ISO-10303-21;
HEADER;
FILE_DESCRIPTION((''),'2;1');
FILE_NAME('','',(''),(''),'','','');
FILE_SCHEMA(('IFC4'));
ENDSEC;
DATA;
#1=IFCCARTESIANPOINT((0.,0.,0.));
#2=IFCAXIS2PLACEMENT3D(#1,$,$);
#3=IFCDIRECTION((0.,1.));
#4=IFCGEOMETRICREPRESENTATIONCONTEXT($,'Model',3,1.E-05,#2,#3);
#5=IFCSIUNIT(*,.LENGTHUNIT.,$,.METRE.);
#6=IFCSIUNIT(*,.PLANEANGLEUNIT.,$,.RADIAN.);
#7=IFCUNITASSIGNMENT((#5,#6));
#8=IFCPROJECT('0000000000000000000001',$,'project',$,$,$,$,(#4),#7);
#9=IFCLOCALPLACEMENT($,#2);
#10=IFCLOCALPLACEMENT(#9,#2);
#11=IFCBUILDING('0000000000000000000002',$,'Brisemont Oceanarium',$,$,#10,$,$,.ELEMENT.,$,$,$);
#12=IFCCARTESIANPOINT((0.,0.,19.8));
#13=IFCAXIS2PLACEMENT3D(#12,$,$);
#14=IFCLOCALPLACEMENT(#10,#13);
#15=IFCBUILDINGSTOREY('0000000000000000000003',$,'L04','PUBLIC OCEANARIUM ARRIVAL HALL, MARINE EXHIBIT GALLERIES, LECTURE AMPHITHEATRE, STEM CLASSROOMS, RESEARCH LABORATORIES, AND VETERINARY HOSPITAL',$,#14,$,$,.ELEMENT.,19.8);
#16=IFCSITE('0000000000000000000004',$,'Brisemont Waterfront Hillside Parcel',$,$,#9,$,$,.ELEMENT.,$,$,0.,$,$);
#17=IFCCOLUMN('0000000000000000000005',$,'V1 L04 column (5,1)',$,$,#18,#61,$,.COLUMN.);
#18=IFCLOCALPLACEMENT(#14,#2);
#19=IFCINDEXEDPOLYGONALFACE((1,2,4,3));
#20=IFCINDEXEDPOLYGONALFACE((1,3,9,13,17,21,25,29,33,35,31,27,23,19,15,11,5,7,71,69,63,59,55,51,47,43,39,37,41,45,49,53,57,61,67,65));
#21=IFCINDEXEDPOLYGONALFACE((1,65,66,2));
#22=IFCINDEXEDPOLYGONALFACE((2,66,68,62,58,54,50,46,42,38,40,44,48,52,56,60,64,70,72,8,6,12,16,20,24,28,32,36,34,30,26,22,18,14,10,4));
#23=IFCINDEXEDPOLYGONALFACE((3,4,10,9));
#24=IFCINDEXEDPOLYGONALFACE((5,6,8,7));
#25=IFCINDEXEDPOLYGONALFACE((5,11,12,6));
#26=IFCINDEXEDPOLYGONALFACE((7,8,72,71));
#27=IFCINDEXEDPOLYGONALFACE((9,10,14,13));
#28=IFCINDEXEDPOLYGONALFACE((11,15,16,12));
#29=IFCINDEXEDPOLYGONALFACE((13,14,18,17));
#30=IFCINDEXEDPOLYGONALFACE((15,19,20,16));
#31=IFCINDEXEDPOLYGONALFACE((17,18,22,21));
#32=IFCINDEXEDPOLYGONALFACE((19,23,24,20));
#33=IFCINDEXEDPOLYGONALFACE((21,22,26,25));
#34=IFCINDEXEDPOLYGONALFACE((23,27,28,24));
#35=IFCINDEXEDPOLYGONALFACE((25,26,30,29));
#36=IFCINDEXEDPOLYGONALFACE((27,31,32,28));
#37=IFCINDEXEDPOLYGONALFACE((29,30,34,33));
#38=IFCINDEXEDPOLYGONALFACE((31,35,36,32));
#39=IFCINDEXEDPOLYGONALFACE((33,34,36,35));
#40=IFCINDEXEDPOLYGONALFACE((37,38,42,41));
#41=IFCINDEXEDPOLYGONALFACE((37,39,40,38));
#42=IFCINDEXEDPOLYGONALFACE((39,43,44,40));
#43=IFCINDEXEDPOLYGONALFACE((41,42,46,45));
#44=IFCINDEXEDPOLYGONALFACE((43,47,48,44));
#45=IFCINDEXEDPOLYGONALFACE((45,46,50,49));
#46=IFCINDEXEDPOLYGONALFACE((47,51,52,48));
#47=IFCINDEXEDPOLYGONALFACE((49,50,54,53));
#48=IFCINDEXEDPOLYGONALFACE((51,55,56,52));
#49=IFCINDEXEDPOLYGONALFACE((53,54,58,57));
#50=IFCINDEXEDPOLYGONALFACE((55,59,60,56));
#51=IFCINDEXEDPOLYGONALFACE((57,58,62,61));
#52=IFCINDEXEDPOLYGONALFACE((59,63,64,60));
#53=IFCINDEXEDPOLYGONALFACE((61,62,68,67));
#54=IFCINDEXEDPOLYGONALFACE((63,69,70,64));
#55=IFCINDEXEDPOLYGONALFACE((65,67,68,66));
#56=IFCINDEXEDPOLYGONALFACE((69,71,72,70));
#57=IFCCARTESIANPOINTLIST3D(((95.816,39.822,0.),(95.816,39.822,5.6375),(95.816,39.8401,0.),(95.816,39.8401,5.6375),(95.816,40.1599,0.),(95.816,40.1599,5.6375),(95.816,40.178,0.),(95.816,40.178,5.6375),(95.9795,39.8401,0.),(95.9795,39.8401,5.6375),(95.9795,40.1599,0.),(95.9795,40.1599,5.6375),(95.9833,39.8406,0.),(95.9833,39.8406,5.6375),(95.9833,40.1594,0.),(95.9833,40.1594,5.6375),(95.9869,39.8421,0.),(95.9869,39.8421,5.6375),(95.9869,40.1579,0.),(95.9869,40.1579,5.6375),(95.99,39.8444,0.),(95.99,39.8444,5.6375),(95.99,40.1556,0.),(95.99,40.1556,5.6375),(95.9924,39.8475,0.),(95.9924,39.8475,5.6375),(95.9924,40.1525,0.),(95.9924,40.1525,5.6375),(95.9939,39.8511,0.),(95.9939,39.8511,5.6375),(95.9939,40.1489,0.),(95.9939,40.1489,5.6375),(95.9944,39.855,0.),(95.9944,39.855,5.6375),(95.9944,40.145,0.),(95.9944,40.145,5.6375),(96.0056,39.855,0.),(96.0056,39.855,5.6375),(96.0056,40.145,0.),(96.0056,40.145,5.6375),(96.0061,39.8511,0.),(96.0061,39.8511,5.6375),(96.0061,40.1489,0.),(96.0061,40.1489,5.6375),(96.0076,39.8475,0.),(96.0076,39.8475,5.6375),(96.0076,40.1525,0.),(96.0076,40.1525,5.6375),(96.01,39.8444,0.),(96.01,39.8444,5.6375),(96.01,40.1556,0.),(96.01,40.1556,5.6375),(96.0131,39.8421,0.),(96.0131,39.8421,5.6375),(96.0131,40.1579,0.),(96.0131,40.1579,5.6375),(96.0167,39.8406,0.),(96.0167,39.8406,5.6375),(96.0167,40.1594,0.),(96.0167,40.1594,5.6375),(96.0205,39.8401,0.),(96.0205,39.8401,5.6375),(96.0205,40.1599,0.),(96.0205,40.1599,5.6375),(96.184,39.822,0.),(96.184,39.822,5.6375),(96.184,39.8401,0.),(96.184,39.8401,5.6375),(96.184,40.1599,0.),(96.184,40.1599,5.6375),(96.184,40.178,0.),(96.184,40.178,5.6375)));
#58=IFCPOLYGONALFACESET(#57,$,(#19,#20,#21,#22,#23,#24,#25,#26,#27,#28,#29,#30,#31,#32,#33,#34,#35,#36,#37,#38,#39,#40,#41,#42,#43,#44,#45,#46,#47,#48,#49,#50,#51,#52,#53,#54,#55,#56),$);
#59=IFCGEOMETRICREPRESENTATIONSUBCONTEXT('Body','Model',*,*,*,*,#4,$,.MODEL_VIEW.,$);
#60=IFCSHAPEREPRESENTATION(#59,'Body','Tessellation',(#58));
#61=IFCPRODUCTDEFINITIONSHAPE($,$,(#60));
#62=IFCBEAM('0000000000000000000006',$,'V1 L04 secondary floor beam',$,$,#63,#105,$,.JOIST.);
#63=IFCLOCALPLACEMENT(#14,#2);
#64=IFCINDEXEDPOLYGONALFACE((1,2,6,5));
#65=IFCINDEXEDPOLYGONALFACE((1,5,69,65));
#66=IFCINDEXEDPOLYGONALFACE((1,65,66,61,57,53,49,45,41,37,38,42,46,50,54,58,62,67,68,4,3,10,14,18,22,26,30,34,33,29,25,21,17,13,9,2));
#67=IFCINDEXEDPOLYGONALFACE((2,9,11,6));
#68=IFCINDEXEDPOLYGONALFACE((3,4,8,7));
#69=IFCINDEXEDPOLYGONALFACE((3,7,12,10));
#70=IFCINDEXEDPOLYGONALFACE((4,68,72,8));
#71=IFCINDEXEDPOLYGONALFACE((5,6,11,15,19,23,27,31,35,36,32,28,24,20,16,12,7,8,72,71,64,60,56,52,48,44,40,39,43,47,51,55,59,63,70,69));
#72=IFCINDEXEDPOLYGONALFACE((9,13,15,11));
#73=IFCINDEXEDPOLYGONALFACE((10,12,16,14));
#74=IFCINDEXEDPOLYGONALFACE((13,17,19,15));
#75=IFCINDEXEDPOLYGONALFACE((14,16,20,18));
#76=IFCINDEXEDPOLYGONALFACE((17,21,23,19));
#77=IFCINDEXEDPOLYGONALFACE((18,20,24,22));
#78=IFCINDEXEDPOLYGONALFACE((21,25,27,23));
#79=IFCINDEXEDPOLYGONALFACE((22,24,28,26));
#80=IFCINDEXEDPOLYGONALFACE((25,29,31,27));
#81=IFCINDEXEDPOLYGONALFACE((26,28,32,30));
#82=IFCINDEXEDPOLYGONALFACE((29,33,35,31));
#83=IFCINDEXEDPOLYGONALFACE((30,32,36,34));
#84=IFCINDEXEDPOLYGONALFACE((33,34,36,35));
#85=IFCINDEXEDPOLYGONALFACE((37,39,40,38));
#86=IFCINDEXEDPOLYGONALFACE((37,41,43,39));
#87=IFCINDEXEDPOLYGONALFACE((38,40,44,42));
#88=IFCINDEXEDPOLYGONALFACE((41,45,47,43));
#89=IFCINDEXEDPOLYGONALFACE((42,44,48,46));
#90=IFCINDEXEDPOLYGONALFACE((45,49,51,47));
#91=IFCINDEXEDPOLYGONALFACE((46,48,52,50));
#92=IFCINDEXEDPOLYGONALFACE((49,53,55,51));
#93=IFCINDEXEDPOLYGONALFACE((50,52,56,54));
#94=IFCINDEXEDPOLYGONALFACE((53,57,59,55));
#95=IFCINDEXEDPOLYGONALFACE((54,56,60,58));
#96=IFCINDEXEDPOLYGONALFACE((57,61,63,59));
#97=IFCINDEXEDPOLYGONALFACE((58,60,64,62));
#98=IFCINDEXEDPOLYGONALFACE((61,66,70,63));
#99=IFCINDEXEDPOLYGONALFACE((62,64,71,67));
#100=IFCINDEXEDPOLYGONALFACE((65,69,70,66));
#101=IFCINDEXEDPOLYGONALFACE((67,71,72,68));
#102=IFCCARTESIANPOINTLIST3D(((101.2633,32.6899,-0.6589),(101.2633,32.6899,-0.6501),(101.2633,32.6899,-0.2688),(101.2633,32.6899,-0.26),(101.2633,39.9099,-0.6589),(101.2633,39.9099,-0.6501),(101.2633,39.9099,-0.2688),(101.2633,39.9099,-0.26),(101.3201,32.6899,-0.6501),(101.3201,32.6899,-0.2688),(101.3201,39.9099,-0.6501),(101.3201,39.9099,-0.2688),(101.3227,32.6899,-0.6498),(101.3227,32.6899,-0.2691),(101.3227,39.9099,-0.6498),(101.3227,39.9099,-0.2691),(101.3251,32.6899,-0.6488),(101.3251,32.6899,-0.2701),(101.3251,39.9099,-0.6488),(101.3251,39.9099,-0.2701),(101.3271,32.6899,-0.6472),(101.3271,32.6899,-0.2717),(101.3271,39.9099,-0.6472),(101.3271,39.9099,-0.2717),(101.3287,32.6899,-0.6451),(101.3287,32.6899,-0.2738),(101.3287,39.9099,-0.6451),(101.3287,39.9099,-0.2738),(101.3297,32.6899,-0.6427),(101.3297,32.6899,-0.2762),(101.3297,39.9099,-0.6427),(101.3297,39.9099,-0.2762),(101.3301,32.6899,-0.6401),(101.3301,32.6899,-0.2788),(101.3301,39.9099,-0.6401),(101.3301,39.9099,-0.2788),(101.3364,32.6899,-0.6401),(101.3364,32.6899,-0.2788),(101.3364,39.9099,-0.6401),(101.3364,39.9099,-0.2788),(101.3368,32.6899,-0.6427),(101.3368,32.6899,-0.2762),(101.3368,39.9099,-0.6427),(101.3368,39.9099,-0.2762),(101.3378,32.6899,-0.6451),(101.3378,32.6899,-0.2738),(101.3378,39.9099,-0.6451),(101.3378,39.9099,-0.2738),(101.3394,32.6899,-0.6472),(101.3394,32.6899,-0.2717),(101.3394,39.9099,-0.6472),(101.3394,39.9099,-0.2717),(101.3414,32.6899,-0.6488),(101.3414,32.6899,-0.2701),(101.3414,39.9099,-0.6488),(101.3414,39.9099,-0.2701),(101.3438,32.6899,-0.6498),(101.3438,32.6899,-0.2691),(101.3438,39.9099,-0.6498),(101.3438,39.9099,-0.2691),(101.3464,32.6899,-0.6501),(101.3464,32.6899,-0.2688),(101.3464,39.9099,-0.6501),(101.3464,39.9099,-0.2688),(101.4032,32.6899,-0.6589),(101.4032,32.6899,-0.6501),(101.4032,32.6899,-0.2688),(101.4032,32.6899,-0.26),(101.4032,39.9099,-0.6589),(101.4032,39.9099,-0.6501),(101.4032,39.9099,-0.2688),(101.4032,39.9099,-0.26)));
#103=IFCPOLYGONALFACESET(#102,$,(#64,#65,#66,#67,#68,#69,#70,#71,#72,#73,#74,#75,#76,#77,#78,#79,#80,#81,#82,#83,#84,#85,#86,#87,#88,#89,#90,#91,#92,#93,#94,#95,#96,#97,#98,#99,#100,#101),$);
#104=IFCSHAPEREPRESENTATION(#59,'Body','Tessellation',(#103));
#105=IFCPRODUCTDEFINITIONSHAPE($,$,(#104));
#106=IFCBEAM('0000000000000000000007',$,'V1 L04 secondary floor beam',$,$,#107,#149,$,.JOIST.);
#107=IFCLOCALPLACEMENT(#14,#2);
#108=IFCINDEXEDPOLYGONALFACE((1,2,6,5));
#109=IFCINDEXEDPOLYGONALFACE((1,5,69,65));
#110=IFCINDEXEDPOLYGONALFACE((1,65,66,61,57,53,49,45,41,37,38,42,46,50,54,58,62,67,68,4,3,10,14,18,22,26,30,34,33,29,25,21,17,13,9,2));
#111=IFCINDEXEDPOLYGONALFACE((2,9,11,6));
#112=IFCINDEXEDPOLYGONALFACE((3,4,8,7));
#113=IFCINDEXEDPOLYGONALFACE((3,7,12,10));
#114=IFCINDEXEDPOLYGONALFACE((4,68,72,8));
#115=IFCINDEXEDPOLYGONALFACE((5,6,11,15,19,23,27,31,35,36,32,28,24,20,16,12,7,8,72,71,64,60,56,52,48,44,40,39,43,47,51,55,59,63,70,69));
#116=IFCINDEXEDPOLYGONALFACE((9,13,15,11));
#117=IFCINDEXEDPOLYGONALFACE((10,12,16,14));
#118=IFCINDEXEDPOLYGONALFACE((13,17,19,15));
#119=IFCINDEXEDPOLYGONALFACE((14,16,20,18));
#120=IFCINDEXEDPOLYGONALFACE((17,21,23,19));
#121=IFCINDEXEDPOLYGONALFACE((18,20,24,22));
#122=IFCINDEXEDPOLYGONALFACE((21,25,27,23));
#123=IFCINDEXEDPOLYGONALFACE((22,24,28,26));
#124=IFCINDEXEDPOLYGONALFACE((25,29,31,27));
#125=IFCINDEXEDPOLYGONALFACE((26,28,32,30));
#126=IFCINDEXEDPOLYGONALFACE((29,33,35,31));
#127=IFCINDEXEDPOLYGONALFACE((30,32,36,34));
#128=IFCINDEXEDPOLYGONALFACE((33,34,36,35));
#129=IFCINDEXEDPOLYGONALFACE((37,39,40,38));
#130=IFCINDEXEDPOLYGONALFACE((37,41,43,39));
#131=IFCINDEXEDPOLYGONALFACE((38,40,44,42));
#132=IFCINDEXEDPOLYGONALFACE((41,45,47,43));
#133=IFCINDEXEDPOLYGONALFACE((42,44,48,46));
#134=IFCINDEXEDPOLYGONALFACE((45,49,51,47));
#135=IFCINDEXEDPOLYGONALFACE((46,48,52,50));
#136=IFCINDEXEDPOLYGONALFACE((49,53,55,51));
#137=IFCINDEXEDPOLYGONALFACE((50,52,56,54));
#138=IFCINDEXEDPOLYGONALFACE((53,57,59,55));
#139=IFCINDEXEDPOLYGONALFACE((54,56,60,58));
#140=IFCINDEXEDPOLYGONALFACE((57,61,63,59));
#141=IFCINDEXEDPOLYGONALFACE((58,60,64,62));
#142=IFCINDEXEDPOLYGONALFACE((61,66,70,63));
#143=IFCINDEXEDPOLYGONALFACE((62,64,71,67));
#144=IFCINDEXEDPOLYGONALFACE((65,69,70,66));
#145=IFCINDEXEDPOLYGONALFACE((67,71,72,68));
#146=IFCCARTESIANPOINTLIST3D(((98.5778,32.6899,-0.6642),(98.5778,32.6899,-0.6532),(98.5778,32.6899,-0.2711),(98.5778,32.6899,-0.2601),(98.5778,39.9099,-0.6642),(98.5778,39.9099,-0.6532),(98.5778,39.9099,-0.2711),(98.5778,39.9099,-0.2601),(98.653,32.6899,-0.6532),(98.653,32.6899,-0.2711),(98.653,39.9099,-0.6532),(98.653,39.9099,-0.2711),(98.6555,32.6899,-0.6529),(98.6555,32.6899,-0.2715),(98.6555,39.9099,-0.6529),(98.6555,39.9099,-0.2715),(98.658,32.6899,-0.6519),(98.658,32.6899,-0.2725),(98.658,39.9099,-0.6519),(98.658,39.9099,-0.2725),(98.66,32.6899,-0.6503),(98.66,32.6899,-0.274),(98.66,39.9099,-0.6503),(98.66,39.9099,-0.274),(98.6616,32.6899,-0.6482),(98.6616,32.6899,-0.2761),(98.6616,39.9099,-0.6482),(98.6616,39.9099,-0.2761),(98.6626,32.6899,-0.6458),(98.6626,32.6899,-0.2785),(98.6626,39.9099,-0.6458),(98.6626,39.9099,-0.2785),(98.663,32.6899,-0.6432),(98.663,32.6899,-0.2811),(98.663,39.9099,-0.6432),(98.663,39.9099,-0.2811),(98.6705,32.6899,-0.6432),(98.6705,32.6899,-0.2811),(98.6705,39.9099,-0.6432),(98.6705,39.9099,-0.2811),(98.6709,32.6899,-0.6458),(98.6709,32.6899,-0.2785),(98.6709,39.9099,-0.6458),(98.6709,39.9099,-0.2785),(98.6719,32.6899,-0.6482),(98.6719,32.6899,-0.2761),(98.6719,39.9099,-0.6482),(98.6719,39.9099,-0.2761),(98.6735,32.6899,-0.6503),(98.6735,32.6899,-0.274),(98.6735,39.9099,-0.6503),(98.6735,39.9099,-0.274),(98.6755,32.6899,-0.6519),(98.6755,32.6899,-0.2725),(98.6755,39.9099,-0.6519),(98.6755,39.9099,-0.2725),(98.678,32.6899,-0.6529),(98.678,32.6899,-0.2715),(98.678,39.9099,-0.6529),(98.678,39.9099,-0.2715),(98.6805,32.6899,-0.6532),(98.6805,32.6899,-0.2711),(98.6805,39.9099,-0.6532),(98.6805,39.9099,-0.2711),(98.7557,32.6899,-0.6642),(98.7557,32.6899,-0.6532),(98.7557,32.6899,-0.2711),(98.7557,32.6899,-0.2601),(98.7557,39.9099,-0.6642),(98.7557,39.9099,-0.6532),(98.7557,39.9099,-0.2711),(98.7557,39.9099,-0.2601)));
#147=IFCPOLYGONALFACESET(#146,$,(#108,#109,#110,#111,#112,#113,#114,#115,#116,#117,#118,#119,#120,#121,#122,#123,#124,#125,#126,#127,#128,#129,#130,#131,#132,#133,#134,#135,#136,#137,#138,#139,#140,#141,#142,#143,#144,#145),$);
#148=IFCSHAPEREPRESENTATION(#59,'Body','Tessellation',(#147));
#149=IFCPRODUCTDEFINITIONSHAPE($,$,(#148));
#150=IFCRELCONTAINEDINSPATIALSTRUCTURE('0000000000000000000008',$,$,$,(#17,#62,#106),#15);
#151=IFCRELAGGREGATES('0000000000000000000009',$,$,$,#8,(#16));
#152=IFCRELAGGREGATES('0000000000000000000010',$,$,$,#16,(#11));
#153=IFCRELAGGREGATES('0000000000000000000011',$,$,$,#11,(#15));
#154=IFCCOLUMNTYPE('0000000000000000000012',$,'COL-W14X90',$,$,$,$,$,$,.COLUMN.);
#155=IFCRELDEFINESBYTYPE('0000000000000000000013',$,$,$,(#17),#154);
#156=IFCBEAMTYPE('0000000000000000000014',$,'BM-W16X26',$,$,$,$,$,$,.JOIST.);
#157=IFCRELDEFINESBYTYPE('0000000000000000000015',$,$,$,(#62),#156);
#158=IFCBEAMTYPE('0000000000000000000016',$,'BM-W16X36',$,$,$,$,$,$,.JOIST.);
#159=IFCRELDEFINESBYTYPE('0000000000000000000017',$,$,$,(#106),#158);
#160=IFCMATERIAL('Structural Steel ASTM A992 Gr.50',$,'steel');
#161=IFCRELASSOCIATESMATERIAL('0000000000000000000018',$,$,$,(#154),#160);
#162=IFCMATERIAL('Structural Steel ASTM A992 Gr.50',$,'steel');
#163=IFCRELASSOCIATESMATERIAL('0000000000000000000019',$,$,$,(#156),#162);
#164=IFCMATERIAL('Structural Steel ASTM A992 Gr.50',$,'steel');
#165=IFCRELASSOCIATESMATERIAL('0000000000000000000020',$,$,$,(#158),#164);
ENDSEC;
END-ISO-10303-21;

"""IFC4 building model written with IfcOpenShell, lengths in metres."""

from ifc_helpers import new_model, si_unit, direction, frame, origin, origin_2d, place, context, subcontext, project, spatial, i_section, extrude, material, material_profile, profile_set, type_object, element, save


model = new_model("IFC4")

# Units and contexts
model_context = context("Model", 3, precision=1e-05, world=origin(), true_north=direction((0.0, 1.0)))
body_context = subcontext(model_context, "Body", "Model", "MODEL_VIEW")
ifc_project = project(units=[si_unit("LENGTHUNIT", "METRE"), si_unit("PLANEANGLEUNIT", "RADIAN")], contexts=[model_context])

# Site, building, storey
site_placement = place(None, origin())
site = spatial("IfcSite", under=ifc_project, at=site_placement, Name="Brisemont Waterfront Hillside Parcel", CompositionType="ELEMENT", RefElevation=0.0)
building_placement = place(site_placement, origin())
building = spatial("IfcBuilding", under=site, at=building_placement, Name="Brisemont Oceanarium", CompositionType="ELEMENT")
storey_placement = place(building_placement, frame((0.0, 0.0, 19.8)))
storey = spatial("IfcBuildingStorey", under=building, at=storey_placement, Name="L04", Description="PUBLIC OCEANARIUM ARRIVAL HALL, MARINE EXHIBIT GALLERIES, LECTURE AMPHITHEATRE, STEM CLASSROOMS, RESEARCH LABORATORIES, AND VETERINARY HOSPITAL", CompositionType="ELEMENT", Elevation=19.8)

# Column
ifc_material_1 = material(Name="Structural Steel ASTM A992 Gr.50", Category="steel")
ifc_material_profile_1 = material_profile(ifc_material_1, i_section(OverallWidth=0.3679, OverallDepth=0.356, WebThickness=0.0112, FlangeThickness=0.0181, FilletRadius=0.0149, at=origin_2d()), Name="W14X90")
ifc_profile_set_1 = profile_set([ifc_material_profile_1], Name="Structural Steel ASTM A992 Gr.50")
column_type = type_object("IfcColumnType", Name="COL-W14X90", PredefinedType="COLUMN", material=ifc_profile_set_1)
column_placement = place(storey_placement, frame((96.0, 40.0, 0.0), z_axis=(0.0, 0.0, 1.0), x_axis=(1.0, 0.0, 0.0)))
element("IfcColumn", 1, at=column_placement, inside=storey, type_object=column_type, Name="V1 L04 column (5,1)", PredefinedType="COLUMN", context=body_context, shape_type="SweptSolid", body=[
    extrude(i_section(OverallWidth=0.3679, OverallDepth=0.356, WebThickness=0.0112, FlangeThickness=0.0181, FilletRadius=0.0149, at=origin_2d()), origin(), (0.0, 0.0, 1.0), 5.6375),
])

# Beams
ifc_material_2 = material(Name="Structural Steel ASTM A992 Gr.50", Category="steel")
ifc_material_profile_2 = material_profile(ifc_material_2, i_section(OverallWidth=0.1399, OverallDepth=0.3989, WebThickness=0.0063, FlangeThickness=0.0088, FilletRadius=0.01, at=origin_2d()), Name="W16X26")
ifc_profile_set_2 = profile_set([ifc_material_profile_2], Name="Structural Steel ASTM A992 Gr.50")
beam_type_1 = type_object("IfcBeamType", Name="BM-W16X26", PredefinedType="JOIST", material=ifc_profile_set_2)
beam_1_placement = place(storey_placement, frame((101.3333, 32.6899, -0.4595), z_axis=(0.0, 1.0, 0.0), x_axis=(-1.0, 0.0, 0.0)))
element("IfcBeam", 2, at=beam_1_placement, inside=storey, type_object=beam_type_1, Name="V1 L04 secondary floor beam", PredefinedType="JOIST", context=body_context, shape_type="SweptSolid", body=[
    extrude(i_section(OverallWidth=0.1399, OverallDepth=0.3989, WebThickness=0.0063, FlangeThickness=0.0088, FilletRadius=0.01, at=origin_2d()), origin(), (0.0, 0.0, 1.0), 7.22),
])
ifc_material_3 = material(Name="Structural Steel ASTM A992 Gr.50", Category="steel")
ifc_material_profile_3 = material_profile(ifc_material_3, i_section(OverallWidth=0.178, OverallDepth=0.4041, WebThickness=0.0076, FlangeThickness=0.011, FilletRadius=0.01, at=origin_2d()), Name="W16X36")
ifc_profile_set_3 = profile_set([ifc_material_profile_3], Name="Structural Steel ASTM A992 Gr.50")
beam_type_2 = type_object("IfcBeamType", Name="BM-W16X36", PredefinedType="JOIST", material=ifc_profile_set_3)
beam_2_placement = place(storey_placement, frame((98.6667, 32.6899, -0.4622), z_axis=(0.0, 1.0, 0.0), x_axis=(-1.0, 0.0, 0.0)))
element("IfcBeam", 3, at=beam_2_placement, inside=storey, type_object=beam_type_2, Name="V1 L04 secondary floor beam", PredefinedType="JOIST", context=body_context, shape_type="SweptSolid", body=[
    extrude(i_section(OverallWidth=0.178, OverallDepth=0.4041, WebThickness=0.0076, FlangeThickness=0.011, FilletRadius=0.01, at=origin_2d()), origin(), (0.0, 0.0, 1.0), 7.22),
])

save(model, "model.ifc")
